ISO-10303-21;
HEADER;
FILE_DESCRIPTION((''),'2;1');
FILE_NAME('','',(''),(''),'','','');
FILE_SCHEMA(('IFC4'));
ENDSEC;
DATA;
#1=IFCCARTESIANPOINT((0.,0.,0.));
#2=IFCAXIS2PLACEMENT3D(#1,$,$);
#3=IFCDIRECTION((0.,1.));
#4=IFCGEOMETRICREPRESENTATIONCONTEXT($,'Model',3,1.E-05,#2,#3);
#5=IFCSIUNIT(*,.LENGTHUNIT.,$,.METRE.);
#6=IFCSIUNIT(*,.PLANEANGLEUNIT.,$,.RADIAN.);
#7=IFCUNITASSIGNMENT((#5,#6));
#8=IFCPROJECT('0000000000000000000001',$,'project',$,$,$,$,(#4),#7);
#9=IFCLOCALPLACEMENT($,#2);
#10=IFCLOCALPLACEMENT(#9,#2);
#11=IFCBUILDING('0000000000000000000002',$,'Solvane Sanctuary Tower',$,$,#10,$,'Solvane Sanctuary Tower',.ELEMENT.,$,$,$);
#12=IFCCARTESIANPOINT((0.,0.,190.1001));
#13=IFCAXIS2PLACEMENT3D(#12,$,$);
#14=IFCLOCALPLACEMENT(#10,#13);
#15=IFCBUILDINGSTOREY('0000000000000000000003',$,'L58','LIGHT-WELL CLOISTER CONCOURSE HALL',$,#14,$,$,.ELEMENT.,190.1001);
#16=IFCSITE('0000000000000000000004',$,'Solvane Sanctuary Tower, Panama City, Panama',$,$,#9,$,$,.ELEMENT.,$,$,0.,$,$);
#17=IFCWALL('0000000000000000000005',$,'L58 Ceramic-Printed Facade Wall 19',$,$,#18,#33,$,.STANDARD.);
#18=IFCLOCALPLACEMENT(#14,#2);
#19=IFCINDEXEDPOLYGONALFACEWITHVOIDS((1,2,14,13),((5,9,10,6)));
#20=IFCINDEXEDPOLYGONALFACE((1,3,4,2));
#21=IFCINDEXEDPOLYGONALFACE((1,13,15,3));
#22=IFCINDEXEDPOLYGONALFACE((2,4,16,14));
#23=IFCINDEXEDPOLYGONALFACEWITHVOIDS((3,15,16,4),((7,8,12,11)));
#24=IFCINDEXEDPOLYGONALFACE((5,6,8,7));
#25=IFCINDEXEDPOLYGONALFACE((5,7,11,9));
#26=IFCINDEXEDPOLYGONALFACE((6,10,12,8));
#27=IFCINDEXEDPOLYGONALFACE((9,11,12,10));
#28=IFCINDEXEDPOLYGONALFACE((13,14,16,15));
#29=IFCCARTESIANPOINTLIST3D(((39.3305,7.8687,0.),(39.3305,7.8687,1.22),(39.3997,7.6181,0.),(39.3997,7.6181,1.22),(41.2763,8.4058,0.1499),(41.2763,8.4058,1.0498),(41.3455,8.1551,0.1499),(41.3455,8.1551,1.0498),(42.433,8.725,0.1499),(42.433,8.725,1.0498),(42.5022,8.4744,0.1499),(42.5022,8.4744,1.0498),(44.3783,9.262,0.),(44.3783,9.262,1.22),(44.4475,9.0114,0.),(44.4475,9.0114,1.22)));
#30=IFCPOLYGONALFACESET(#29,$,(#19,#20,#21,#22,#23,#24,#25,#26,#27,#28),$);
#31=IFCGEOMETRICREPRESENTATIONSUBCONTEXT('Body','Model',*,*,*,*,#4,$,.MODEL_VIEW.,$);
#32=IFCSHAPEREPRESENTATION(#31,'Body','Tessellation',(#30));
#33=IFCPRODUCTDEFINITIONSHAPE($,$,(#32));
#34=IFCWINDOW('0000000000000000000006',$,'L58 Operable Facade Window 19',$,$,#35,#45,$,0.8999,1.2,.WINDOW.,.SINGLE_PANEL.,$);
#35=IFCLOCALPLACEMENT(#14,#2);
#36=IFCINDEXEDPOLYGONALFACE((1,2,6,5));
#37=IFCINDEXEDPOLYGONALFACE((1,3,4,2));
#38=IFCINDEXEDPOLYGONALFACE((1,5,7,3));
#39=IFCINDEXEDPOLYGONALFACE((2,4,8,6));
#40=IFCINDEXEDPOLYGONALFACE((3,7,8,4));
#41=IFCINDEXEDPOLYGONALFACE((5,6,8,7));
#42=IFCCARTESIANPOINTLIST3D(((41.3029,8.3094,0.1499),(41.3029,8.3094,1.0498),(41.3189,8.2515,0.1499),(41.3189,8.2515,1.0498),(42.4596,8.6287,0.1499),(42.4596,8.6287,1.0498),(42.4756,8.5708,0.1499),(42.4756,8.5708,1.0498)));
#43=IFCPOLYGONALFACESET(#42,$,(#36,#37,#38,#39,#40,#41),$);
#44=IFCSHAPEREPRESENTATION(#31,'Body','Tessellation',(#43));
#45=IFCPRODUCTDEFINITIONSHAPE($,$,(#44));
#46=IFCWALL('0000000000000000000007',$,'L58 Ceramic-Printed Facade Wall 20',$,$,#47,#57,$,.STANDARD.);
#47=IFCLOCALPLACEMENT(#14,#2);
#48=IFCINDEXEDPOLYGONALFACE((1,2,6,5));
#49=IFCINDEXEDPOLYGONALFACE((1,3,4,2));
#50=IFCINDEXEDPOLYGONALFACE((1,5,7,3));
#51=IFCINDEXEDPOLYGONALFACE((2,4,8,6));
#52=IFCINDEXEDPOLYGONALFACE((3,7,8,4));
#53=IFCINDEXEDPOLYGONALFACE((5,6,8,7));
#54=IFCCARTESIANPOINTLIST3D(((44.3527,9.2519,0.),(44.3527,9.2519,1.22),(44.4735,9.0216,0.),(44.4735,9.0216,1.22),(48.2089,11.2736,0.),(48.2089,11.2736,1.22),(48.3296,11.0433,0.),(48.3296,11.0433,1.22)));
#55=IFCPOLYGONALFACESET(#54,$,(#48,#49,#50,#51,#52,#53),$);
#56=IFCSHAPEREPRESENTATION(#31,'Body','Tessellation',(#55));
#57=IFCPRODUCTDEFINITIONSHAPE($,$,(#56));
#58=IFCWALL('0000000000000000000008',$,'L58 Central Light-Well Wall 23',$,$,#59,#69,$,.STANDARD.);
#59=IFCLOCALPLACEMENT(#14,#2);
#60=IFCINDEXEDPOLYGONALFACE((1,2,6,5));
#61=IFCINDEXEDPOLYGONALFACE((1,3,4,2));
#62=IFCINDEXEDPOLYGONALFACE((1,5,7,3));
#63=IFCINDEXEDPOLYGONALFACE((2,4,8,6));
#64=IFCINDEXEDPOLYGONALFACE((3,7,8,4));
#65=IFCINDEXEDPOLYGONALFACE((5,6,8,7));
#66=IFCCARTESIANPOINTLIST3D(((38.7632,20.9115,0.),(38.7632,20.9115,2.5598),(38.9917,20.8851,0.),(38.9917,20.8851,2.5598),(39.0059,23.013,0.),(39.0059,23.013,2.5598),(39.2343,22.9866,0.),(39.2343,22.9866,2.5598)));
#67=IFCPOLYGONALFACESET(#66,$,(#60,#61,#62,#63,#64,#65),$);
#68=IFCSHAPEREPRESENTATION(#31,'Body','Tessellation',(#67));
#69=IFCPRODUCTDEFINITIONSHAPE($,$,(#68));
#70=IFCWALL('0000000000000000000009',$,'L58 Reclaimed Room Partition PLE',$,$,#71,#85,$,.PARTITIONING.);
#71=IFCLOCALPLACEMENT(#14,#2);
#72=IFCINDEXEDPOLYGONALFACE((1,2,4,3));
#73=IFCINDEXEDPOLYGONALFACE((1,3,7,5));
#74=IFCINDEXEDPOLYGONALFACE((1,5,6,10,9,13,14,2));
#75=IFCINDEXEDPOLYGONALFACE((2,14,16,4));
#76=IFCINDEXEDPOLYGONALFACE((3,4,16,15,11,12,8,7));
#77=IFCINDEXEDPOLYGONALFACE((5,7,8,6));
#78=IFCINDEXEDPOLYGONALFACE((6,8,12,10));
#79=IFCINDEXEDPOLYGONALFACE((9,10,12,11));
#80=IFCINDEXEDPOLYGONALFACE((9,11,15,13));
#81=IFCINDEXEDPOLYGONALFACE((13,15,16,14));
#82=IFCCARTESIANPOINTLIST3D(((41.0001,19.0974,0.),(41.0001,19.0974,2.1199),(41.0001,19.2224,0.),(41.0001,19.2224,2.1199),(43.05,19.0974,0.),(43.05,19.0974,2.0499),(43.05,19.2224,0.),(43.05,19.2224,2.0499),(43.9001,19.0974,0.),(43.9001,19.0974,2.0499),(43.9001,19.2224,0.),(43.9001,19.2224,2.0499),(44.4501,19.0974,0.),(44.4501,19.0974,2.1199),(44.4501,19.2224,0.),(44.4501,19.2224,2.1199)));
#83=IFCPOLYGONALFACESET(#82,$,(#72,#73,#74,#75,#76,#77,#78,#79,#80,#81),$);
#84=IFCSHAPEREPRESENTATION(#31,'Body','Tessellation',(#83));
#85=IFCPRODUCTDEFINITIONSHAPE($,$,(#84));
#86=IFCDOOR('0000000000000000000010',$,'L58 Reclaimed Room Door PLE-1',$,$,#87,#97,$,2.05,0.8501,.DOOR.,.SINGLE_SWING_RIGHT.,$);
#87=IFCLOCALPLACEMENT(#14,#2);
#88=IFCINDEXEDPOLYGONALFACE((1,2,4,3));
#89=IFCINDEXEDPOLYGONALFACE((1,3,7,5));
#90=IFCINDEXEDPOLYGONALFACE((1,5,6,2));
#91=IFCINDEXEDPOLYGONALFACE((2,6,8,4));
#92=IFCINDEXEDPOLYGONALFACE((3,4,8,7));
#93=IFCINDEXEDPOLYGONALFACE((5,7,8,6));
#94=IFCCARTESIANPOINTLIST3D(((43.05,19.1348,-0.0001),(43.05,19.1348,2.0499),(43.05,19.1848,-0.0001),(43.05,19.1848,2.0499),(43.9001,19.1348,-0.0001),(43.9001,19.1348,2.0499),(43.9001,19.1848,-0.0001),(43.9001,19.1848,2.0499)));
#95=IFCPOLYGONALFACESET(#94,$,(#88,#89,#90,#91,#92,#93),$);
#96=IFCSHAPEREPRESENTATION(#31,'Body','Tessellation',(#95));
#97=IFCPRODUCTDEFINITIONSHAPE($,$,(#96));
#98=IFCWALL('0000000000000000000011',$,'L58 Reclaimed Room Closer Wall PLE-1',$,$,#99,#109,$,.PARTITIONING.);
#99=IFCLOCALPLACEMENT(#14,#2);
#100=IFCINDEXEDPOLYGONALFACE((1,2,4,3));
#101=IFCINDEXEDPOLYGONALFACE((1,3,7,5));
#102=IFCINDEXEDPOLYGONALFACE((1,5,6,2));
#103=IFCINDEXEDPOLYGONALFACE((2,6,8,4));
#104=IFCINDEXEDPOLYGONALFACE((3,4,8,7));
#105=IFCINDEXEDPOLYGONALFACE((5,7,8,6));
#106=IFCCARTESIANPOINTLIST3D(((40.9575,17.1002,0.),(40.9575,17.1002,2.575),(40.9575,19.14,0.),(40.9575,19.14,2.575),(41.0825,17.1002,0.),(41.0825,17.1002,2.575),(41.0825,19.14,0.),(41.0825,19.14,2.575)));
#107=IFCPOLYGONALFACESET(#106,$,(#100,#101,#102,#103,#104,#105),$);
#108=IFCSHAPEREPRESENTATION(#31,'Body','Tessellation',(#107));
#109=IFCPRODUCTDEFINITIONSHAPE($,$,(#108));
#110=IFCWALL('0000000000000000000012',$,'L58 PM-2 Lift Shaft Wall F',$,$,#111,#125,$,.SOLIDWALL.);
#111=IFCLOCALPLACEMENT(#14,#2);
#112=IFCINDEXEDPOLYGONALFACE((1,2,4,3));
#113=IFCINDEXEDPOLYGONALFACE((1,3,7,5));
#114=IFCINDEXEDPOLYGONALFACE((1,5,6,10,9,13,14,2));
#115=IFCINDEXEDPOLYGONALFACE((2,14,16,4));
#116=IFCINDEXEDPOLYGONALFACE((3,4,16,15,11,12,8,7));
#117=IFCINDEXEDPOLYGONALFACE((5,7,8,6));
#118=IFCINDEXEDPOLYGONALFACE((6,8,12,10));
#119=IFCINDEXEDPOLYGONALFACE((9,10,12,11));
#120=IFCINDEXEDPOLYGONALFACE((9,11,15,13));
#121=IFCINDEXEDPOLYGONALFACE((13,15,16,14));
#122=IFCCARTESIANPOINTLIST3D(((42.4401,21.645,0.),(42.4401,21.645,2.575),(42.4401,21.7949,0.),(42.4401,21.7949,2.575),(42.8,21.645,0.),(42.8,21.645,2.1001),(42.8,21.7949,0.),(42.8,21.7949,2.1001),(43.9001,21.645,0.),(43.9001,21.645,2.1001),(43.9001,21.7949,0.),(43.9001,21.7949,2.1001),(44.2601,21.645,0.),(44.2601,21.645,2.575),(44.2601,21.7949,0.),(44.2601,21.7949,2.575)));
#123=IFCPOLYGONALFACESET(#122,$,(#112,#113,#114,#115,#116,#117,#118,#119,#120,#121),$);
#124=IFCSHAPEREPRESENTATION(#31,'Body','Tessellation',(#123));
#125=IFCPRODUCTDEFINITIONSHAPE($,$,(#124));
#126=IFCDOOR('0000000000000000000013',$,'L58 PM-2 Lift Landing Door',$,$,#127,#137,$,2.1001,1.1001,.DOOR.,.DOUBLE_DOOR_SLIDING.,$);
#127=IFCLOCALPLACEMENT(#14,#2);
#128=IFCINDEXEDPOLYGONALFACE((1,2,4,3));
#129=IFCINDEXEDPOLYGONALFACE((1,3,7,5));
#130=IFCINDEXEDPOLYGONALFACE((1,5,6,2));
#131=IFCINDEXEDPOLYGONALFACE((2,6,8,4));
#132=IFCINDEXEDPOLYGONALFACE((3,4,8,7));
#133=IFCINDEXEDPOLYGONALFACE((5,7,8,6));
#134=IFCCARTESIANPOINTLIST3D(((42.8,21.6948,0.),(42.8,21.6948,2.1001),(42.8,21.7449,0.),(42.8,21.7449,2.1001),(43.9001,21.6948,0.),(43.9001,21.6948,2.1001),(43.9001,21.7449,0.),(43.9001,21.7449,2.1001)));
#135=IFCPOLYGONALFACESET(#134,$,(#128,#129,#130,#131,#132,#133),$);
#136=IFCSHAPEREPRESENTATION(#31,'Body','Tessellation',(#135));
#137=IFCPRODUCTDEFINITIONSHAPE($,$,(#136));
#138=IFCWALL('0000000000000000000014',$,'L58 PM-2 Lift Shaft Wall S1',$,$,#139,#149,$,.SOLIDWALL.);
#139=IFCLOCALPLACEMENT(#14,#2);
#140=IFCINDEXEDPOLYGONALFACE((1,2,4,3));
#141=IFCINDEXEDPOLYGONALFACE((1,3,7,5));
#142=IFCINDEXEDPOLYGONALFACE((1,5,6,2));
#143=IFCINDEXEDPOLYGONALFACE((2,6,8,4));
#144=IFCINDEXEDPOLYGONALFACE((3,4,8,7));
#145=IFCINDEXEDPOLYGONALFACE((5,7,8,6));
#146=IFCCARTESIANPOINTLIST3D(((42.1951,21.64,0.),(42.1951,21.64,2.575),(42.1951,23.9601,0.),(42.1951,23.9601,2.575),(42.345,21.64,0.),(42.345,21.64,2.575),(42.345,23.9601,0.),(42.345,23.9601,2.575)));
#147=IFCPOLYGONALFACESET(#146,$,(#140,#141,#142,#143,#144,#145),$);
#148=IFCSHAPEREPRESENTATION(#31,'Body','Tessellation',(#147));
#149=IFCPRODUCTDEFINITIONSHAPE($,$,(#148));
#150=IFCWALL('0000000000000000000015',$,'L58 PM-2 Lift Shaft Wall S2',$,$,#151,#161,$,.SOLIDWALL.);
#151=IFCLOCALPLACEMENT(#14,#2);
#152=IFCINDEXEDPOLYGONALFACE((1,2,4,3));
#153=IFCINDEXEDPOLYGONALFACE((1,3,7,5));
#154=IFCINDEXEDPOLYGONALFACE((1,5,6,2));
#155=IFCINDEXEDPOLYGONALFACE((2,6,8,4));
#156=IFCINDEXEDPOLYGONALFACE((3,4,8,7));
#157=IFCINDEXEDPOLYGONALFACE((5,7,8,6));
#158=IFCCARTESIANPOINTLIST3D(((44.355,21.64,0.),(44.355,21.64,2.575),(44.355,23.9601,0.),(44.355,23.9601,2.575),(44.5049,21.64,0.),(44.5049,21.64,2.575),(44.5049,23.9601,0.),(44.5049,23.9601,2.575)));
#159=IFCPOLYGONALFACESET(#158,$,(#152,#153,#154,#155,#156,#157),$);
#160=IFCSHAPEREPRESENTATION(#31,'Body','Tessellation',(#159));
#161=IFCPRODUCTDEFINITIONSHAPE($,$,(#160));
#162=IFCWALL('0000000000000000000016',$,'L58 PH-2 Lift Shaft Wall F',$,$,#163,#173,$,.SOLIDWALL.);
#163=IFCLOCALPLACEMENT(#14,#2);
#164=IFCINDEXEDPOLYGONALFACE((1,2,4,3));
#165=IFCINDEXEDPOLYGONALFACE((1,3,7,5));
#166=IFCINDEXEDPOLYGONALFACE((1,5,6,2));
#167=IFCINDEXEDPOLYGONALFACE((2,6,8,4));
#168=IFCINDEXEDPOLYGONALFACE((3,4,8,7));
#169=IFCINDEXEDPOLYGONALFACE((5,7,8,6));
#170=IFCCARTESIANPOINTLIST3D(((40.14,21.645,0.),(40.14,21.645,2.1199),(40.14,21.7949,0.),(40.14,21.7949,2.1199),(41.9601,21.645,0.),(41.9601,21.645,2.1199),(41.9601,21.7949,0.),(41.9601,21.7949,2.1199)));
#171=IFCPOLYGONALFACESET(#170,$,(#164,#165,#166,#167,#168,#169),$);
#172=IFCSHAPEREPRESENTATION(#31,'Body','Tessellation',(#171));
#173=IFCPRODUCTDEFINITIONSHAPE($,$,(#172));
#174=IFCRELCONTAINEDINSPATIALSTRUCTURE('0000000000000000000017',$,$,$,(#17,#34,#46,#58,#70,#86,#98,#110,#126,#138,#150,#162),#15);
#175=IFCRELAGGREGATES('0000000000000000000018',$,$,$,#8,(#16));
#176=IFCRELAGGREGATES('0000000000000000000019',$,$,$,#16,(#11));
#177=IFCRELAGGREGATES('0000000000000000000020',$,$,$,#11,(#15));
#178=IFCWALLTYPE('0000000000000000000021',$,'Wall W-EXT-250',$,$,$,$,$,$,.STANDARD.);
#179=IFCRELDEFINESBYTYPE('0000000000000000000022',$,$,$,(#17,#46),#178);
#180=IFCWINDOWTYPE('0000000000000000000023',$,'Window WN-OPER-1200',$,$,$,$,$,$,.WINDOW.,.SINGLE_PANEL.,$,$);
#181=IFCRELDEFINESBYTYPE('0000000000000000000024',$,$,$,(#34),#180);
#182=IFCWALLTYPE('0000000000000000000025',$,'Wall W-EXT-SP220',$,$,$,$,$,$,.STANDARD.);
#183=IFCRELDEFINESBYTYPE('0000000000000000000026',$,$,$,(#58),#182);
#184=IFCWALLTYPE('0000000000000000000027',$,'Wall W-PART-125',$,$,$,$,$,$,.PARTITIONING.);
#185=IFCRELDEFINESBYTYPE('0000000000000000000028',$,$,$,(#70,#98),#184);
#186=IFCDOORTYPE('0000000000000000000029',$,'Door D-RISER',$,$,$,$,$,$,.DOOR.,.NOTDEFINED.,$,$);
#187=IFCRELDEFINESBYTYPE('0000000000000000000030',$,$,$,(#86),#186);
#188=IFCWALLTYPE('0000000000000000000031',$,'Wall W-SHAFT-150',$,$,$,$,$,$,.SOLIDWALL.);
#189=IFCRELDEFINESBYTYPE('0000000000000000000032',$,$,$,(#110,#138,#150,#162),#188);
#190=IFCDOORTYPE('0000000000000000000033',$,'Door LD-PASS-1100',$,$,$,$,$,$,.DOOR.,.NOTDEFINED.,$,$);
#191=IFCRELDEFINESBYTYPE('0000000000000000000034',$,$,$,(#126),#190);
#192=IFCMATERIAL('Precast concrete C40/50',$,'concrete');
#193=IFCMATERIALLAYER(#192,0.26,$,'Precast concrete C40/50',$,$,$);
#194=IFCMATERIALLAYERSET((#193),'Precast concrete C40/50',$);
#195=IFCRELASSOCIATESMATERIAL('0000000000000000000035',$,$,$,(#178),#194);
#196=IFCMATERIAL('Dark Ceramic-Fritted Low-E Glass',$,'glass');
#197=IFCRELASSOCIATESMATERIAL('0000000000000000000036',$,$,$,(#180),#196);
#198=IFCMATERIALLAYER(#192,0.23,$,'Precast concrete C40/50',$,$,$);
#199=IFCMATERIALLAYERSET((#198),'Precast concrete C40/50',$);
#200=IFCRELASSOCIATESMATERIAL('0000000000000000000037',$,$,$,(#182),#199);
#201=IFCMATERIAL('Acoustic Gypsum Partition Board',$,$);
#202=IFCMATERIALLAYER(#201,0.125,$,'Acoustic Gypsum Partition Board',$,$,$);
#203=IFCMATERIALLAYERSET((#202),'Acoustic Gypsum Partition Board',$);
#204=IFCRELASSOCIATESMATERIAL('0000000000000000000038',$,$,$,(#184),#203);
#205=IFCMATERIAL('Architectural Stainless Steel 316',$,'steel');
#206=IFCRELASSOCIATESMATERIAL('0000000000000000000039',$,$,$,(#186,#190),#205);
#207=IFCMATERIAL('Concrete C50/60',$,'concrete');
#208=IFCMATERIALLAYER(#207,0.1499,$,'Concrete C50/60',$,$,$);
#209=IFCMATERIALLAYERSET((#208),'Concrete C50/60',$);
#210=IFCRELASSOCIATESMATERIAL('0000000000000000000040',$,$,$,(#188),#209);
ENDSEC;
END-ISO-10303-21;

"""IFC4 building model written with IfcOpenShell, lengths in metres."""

from ifc_helpers import new_model, si_unit, direction, frame, frame_2d, origin, place, context, subcontext, project, spatial, rectangle, extrude, material, layer, layer_set, type_object, element, fill, save


model = new_model("IFC4")

# Units and contexts
model_context = context("Model", 3, precision=1e-05, world=origin(), true_north=direction((0.0, 1.0)))
body_context = subcontext(model_context, "Body", "Model", "MODEL_VIEW")
ifc_project = project(units=[si_unit("LENGTHUNIT", "METRE"), si_unit("PLANEANGLEUNIT", "RADIAN")], contexts=[model_context])

# Site, building, storey
site_placement = place(None, origin())
site = spatial("IfcSite", under=ifc_project, at=site_placement, Name="Solvane Sanctuary Tower, Panama City, Panama", CompositionType="ELEMENT", RefElevation=0.0)
building_placement = place(site_placement, origin())
building = spatial("IfcBuilding", under=site, at=building_placement, Name="Solvane Sanctuary Tower", LongName="Solvane Sanctuary Tower", CompositionType="ELEMENT")
storey_placement = place(building_placement, frame((0.0, 0.0, 190.1001)))
storey = spatial("IfcBuildingStorey", under=building, at=storey_placement, Name="L58", Description="LIGHT-WELL CLOISTER CONCOURSE HALL", CompositionType="ELEMENT", Elevation=190.1001)

# Shared definitions
ifc_material_1 = material(Name="Concrete C50/60", Category="concrete")
ifc_material_2 = material(Name="Acoustic Gypsum Partition Board")

# Wall, opening, window
ifc_material_3 = material(Name="Precast concrete C40/50", Category="concrete")
ifc_layer_1 = layer(ifc_material_3, 0.26, Name="Precast concrete C40/50")
ifc_layer_set_1 = layer_set([ifc_layer_1], Name="Precast concrete C40/50")
wall_type_1 = type_object("IfcWallType", Name="Wall W-EXT-250", PredefinedType="STANDARD", material=ifc_layer_set_1)
wall_1_placement = place(storey_placement, frame((39.3652, 7.7434, 0.0), z_axis=(0.0, 0.0, 1.0), x_axis=(0.963953, 0.266071, 0.0)))
wall_1 = element("IfcWall", 1, at=wall_1_placement, inside=storey, type_object=wall_type_1, Name="L58 Ceramic-Printed Facade Wall 19", PredefinedType="STANDARD", context=body_context, shape_type="SweptSolid", body=[
    extrude(rectangle(XDim=5.2366, YDim=0.26, at=frame_2d((2.6182, 0.0))), origin(), (0.0, 0.0, 1.0), 1.22),
])
opening_1_placement = place(wall_1_placement, frame((2.0183, 0.0, 0.1499)))
opening_1 = element("IfcOpeningElement", 2, at=opening_1_placement, cuts=wall_1, PredefinedType="OPENING", context=body_context, shape_type="SweptSolid", body=[
    extrude(rectangle(XDim=1.2, YDim=0.8999, at=frame_2d((0.6001, 0.45))), frame((0.0, 0.1399, 0.0), z_axis=(0.0, -1.0, 0.0), x_axis=(1.0, 0.0, 0.0)), (0.0, 0.0, 1.0), 0.28),
])
ifc_material_4 = material(Name="Dark Ceramic-Fritted Low-E Glass", Category="glass")
window_type = type_object("IfcWindowType", Name="Window WN-OPER-1200", PartitioningType="SINGLE_PANEL", PredefinedType="WINDOW", material=ifc_material_4)
window_placement = place(opening_1_placement, origin())
window = element("IfcWindow", 3, at=window_placement, inside=storey, type_object=window_type, Name="L58 Operable Facade Window 19", OverallHeight=0.8999, OverallWidth=1.2, PartitioningType="SINGLE_PANEL", PredefinedType="WINDOW", context=body_context, shape_type="SweptSolid", body=[
    extrude(rectangle(XDim=1.2, YDim=0.8999, at=frame_2d((0.6001, 0.45))), frame((0.0, 0.03, 0.0), z_axis=(0.0, -1.0, 0.0), x_axis=(1.0, 0.0, 0.0)), (0.0, 0.0, 1.0), 0.0601),
])
fill(opening_1, window)

# Walls
wall_2_placement = place(storey_placement, frame((44.4131, 9.1367, 0.0), z_axis=(0.0, 0.0, 1.0), x_axis=(0.88566, 0.464334, 0.0)))
element("IfcWall", 4, at=wall_2_placement, inside=storey, type_object=wall_type_1, Name="L58 Ceramic-Printed Facade Wall 20", PredefinedType="STANDARD", context=body_context, shape_type="SweptSolid", body=[
    extrude(rectangle(XDim=4.354, YDim=0.26, at=frame_2d((2.177, 0.0))), origin(), (0.0, 0.0, 1.0), 1.22),
])
ifc_layer_2 = layer(ifc_material_3, 0.23, Name="Precast concrete C40/50")
ifc_layer_set_2 = layer_set([ifc_layer_2], Name="Precast concrete C40/50")
wall_type_2 = type_object("IfcWallType", Name="Wall W-EXT-SP220", PredefinedType="STANDARD", material=ifc_layer_set_2)
wall_3_placement = place(storey_placement, frame((38.8774, 20.8984, 0.0), z_axis=(0.0, 0.0, 1.0), x_axis=(0.114712, 0.993399, 0.0)))
element("IfcWall", 5, at=wall_3_placement, inside=storey, type_object=wall_type_2, Name="L58 Central Light-Well Wall 23", PredefinedType="STANDARD", context=body_context, shape_type="SweptSolid", body=[
    extrude(rectangle(XDim=2.1155, YDim=0.23, at=frame_2d((1.0576, 0.0))), origin(), (0.0, 0.0, 1.0), 2.5598),
])

# Wall, opening, door
ifc_layer_3 = layer(ifc_material_2, 0.125, Name="Acoustic Gypsum Partition Board")
ifc_layer_set_3 = layer_set([ifc_layer_3], Name="Acoustic Gypsum Partition Board")
wall_type_3 = type_object("IfcWallType", Name="Wall W-PART-125", PredefinedType="PARTITIONING", material=ifc_layer_set_3)
wall_4_placement = place(storey_placement, frame((41.0, 19.1599, 0.0), z_axis=(0.0, 0.0, 1.0), x_axis=(1.0, 0.0, 0.0)))
wall_4 = element("IfcWall", 6, at=wall_4_placement, inside=storey, type_object=wall_type_3, Name="L58 Reclaimed Room Partition PLE", PredefinedType="PARTITIONING", context=body_context, shape_type="SweptSolid", body=[
    extrude(rectangle(XDim=3.45, YDim=0.125, at=frame_2d((1.7251, 0.0))), origin(), (0.0, 0.0, 1.0), 2.1199),
])
opening_2_placement = place(wall_4_placement, frame((2.05, 0.0, 0.0)))
opening_2 = element("IfcOpeningElement", 7, at=opening_2_placement, cuts=wall_4, PredefinedType="OPENING", context=body_context, shape_type="SweptSolid", body=[
    extrude(rectangle(XDim=0.8501, YDim=2.05, at=frame_2d((0.425, 1.0249))), frame((0.0, 0.0725, 0.0), z_axis=(0.0, -1.0, 0.0), x_axis=(1.0, 0.0, 0.0)), (0.0, 0.0, 1.0), 0.145),
])
ifc_material_5 = material(Name="Architectural Stainless Steel 316", Category="steel")
door_type_1 = type_object("IfcDoorType", Name="Door D-RISER", OperationType="NOTDEFINED", PredefinedType="DOOR", material=ifc_material_5)
door_1_placement = place(opening_2_placement, origin())
door_1 = element("IfcDoor", 8, at=door_1_placement, inside=storey, type_object=door_type_1, Name="L58 Reclaimed Room Door PLE-1", OperationType="SINGLE_SWING_RIGHT", OverallHeight=2.05, OverallWidth=0.8501, PredefinedType="DOOR", context=body_context, shape_type="SweptSolid", body=[
    extrude(rectangle(XDim=0.8501, YDim=2.05, at=frame_2d((0.425, 1.0249))), frame((0.0, 0.0249, 0.0), z_axis=(0.0, -1.0, 0.0), x_axis=(1.0, 0.0, 0.0)), (0.0, 0.0, 1.0), 0.05),
])
fill(opening_2, door_1)

# Wall
wall_5_placement = place(storey_placement, frame((41.02, 17.1001, 0.0), z_axis=(0.0, 0.0, 1.0), x_axis=(0.0, 1.0, 0.0)))
element("IfcWall", 9, at=wall_5_placement, inside=storey, type_object=wall_type_3, Name="L58 Reclaimed Room Closer Wall PLE-1", PredefinedType="PARTITIONING", context=body_context, shape_type="SweptSolid", body=[
    extrude(rectangle(XDim=2.0398, YDim=0.125, at=frame_2d((1.02, 0.0))), origin(), (0.0, 0.0, 1.0), 2.575),
])

# Wall, opening, door
ifc_layer_4 = layer(ifc_material_1, 0.1499, Name="Concrete C50/60")
ifc_layer_set_4 = layer_set([ifc_layer_4], Name="Concrete C50/60")
wall_type_4 = type_object("IfcWallType", Name="Wall W-SHAFT-150", PredefinedType="SOLIDWALL", material=ifc_layer_set_4)
wall_6_placement = place(storey_placement, frame((42.4399, 21.72, 0.0), z_axis=(0.0, 0.0, 1.0), x_axis=(1.0, 0.0, 0.0)))
wall_6 = element("IfcWall", 10, at=wall_6_placement, inside=storey, type_object=wall_type_4, Name="L58 PM-2 Lift Shaft Wall F", PredefinedType="SOLIDWALL", context=body_context, shape_type="SweptSolid", body=[
    extrude(rectangle(XDim=1.8201, YDim=0.1499, at=frame_2d((0.9102, 0.0))), origin(), (0.0, 0.0, 1.0), 2.575),
])
opening_3_placement = place(wall_6_placement, frame((0.3601, 0.0, 0.0)))
opening_3 = element("IfcOpeningElement", 11, at=opening_3_placement, cuts=wall_6, PredefinedType="OPENING", context=body_context, shape_type="SweptSolid", body=[
    extrude(rectangle(XDim=1.1001, YDim=2.1001, at=frame_2d((0.55, 1.05))), frame((0.0, 0.085, 0.0), z_axis=(0.0, -1.0, 0.0), x_axis=(1.0, 0.0, 0.0)), (0.0, 0.0, 1.0), 0.1699),
])
door_type_2 = type_object("IfcDoorType", Name="Door LD-PASS-1100", OperationType="NOTDEFINED", PredefinedType="DOOR", material=ifc_material_5)
door_2_placement = place(opening_3_placement, origin())
door_2 = element("IfcDoor", 12, at=door_2_placement, inside=storey, type_object=door_type_2, Name="L58 PM-2 Lift Landing Door", OperationType="DOUBLE_DOOR_SLIDING", OverallHeight=2.1001, OverallWidth=1.1001, PredefinedType="DOOR", context=body_context, shape_type="SweptSolid", body=[
    extrude(rectangle(XDim=1.1001, YDim=2.1001, at=frame_2d((0.55, 1.05))), frame((0.0, 0.0249, 0.0), z_axis=(0.0, -1.0, 0.0), x_axis=(1.0, 0.0, 0.0)), (0.0, 0.0, 1.0), 0.05),
])
fill(opening_3, door_2)

# Walls
for number, where, z_axis, x_axis, name in (
    (13, (42.27, 21.6399, 0.0), (0.0, 0.0, 1.0), (0.0, 1.0, 0.0), "L58 PM-2 Lift Shaft Wall S1"),
    (14, (44.4299, 21.6399, 0.0), (0.0, 0.0, 1.0), (0.0, 1.0, 0.0), "L58 PM-2 Lift Shaft Wall S2"),
):
    element("IfcWall", number, at=place(storey_placement, frame(where, z_axis=z_axis, x_axis=x_axis)), inside=storey, type_object=wall_type_4, Name=name, PredefinedType="SOLIDWALL", context=body_context, shape_type="SweptSolid", body=[
        extrude(rectangle(XDim=2.3201, YDim=0.1499, at=frame_2d((1.1602, 0.0))), origin(), (0.0, 0.0, 1.0), 2.575),
    ])
wall_7_placement = place(storey_placement, frame((40.1399, 21.72, 0.0), z_axis=(0.0, 0.0, 1.0), x_axis=(1.0, 0.0, 0.0)))
element("IfcWall", 15, at=wall_7_placement, inside=storey, type_object=wall_type_4, Name="L58 PH-2 Lift Shaft Wall F", PredefinedType="SOLIDWALL", context=body_context, shape_type="SweptSolid", body=[
    extrude(rectangle(XDim=1.8201, YDim=0.1499, at=frame_2d((0.9102, 0.0))), origin(), (0.0, 0.0, 1.0), 2.1199),
])

save(model, "model.ifc")
